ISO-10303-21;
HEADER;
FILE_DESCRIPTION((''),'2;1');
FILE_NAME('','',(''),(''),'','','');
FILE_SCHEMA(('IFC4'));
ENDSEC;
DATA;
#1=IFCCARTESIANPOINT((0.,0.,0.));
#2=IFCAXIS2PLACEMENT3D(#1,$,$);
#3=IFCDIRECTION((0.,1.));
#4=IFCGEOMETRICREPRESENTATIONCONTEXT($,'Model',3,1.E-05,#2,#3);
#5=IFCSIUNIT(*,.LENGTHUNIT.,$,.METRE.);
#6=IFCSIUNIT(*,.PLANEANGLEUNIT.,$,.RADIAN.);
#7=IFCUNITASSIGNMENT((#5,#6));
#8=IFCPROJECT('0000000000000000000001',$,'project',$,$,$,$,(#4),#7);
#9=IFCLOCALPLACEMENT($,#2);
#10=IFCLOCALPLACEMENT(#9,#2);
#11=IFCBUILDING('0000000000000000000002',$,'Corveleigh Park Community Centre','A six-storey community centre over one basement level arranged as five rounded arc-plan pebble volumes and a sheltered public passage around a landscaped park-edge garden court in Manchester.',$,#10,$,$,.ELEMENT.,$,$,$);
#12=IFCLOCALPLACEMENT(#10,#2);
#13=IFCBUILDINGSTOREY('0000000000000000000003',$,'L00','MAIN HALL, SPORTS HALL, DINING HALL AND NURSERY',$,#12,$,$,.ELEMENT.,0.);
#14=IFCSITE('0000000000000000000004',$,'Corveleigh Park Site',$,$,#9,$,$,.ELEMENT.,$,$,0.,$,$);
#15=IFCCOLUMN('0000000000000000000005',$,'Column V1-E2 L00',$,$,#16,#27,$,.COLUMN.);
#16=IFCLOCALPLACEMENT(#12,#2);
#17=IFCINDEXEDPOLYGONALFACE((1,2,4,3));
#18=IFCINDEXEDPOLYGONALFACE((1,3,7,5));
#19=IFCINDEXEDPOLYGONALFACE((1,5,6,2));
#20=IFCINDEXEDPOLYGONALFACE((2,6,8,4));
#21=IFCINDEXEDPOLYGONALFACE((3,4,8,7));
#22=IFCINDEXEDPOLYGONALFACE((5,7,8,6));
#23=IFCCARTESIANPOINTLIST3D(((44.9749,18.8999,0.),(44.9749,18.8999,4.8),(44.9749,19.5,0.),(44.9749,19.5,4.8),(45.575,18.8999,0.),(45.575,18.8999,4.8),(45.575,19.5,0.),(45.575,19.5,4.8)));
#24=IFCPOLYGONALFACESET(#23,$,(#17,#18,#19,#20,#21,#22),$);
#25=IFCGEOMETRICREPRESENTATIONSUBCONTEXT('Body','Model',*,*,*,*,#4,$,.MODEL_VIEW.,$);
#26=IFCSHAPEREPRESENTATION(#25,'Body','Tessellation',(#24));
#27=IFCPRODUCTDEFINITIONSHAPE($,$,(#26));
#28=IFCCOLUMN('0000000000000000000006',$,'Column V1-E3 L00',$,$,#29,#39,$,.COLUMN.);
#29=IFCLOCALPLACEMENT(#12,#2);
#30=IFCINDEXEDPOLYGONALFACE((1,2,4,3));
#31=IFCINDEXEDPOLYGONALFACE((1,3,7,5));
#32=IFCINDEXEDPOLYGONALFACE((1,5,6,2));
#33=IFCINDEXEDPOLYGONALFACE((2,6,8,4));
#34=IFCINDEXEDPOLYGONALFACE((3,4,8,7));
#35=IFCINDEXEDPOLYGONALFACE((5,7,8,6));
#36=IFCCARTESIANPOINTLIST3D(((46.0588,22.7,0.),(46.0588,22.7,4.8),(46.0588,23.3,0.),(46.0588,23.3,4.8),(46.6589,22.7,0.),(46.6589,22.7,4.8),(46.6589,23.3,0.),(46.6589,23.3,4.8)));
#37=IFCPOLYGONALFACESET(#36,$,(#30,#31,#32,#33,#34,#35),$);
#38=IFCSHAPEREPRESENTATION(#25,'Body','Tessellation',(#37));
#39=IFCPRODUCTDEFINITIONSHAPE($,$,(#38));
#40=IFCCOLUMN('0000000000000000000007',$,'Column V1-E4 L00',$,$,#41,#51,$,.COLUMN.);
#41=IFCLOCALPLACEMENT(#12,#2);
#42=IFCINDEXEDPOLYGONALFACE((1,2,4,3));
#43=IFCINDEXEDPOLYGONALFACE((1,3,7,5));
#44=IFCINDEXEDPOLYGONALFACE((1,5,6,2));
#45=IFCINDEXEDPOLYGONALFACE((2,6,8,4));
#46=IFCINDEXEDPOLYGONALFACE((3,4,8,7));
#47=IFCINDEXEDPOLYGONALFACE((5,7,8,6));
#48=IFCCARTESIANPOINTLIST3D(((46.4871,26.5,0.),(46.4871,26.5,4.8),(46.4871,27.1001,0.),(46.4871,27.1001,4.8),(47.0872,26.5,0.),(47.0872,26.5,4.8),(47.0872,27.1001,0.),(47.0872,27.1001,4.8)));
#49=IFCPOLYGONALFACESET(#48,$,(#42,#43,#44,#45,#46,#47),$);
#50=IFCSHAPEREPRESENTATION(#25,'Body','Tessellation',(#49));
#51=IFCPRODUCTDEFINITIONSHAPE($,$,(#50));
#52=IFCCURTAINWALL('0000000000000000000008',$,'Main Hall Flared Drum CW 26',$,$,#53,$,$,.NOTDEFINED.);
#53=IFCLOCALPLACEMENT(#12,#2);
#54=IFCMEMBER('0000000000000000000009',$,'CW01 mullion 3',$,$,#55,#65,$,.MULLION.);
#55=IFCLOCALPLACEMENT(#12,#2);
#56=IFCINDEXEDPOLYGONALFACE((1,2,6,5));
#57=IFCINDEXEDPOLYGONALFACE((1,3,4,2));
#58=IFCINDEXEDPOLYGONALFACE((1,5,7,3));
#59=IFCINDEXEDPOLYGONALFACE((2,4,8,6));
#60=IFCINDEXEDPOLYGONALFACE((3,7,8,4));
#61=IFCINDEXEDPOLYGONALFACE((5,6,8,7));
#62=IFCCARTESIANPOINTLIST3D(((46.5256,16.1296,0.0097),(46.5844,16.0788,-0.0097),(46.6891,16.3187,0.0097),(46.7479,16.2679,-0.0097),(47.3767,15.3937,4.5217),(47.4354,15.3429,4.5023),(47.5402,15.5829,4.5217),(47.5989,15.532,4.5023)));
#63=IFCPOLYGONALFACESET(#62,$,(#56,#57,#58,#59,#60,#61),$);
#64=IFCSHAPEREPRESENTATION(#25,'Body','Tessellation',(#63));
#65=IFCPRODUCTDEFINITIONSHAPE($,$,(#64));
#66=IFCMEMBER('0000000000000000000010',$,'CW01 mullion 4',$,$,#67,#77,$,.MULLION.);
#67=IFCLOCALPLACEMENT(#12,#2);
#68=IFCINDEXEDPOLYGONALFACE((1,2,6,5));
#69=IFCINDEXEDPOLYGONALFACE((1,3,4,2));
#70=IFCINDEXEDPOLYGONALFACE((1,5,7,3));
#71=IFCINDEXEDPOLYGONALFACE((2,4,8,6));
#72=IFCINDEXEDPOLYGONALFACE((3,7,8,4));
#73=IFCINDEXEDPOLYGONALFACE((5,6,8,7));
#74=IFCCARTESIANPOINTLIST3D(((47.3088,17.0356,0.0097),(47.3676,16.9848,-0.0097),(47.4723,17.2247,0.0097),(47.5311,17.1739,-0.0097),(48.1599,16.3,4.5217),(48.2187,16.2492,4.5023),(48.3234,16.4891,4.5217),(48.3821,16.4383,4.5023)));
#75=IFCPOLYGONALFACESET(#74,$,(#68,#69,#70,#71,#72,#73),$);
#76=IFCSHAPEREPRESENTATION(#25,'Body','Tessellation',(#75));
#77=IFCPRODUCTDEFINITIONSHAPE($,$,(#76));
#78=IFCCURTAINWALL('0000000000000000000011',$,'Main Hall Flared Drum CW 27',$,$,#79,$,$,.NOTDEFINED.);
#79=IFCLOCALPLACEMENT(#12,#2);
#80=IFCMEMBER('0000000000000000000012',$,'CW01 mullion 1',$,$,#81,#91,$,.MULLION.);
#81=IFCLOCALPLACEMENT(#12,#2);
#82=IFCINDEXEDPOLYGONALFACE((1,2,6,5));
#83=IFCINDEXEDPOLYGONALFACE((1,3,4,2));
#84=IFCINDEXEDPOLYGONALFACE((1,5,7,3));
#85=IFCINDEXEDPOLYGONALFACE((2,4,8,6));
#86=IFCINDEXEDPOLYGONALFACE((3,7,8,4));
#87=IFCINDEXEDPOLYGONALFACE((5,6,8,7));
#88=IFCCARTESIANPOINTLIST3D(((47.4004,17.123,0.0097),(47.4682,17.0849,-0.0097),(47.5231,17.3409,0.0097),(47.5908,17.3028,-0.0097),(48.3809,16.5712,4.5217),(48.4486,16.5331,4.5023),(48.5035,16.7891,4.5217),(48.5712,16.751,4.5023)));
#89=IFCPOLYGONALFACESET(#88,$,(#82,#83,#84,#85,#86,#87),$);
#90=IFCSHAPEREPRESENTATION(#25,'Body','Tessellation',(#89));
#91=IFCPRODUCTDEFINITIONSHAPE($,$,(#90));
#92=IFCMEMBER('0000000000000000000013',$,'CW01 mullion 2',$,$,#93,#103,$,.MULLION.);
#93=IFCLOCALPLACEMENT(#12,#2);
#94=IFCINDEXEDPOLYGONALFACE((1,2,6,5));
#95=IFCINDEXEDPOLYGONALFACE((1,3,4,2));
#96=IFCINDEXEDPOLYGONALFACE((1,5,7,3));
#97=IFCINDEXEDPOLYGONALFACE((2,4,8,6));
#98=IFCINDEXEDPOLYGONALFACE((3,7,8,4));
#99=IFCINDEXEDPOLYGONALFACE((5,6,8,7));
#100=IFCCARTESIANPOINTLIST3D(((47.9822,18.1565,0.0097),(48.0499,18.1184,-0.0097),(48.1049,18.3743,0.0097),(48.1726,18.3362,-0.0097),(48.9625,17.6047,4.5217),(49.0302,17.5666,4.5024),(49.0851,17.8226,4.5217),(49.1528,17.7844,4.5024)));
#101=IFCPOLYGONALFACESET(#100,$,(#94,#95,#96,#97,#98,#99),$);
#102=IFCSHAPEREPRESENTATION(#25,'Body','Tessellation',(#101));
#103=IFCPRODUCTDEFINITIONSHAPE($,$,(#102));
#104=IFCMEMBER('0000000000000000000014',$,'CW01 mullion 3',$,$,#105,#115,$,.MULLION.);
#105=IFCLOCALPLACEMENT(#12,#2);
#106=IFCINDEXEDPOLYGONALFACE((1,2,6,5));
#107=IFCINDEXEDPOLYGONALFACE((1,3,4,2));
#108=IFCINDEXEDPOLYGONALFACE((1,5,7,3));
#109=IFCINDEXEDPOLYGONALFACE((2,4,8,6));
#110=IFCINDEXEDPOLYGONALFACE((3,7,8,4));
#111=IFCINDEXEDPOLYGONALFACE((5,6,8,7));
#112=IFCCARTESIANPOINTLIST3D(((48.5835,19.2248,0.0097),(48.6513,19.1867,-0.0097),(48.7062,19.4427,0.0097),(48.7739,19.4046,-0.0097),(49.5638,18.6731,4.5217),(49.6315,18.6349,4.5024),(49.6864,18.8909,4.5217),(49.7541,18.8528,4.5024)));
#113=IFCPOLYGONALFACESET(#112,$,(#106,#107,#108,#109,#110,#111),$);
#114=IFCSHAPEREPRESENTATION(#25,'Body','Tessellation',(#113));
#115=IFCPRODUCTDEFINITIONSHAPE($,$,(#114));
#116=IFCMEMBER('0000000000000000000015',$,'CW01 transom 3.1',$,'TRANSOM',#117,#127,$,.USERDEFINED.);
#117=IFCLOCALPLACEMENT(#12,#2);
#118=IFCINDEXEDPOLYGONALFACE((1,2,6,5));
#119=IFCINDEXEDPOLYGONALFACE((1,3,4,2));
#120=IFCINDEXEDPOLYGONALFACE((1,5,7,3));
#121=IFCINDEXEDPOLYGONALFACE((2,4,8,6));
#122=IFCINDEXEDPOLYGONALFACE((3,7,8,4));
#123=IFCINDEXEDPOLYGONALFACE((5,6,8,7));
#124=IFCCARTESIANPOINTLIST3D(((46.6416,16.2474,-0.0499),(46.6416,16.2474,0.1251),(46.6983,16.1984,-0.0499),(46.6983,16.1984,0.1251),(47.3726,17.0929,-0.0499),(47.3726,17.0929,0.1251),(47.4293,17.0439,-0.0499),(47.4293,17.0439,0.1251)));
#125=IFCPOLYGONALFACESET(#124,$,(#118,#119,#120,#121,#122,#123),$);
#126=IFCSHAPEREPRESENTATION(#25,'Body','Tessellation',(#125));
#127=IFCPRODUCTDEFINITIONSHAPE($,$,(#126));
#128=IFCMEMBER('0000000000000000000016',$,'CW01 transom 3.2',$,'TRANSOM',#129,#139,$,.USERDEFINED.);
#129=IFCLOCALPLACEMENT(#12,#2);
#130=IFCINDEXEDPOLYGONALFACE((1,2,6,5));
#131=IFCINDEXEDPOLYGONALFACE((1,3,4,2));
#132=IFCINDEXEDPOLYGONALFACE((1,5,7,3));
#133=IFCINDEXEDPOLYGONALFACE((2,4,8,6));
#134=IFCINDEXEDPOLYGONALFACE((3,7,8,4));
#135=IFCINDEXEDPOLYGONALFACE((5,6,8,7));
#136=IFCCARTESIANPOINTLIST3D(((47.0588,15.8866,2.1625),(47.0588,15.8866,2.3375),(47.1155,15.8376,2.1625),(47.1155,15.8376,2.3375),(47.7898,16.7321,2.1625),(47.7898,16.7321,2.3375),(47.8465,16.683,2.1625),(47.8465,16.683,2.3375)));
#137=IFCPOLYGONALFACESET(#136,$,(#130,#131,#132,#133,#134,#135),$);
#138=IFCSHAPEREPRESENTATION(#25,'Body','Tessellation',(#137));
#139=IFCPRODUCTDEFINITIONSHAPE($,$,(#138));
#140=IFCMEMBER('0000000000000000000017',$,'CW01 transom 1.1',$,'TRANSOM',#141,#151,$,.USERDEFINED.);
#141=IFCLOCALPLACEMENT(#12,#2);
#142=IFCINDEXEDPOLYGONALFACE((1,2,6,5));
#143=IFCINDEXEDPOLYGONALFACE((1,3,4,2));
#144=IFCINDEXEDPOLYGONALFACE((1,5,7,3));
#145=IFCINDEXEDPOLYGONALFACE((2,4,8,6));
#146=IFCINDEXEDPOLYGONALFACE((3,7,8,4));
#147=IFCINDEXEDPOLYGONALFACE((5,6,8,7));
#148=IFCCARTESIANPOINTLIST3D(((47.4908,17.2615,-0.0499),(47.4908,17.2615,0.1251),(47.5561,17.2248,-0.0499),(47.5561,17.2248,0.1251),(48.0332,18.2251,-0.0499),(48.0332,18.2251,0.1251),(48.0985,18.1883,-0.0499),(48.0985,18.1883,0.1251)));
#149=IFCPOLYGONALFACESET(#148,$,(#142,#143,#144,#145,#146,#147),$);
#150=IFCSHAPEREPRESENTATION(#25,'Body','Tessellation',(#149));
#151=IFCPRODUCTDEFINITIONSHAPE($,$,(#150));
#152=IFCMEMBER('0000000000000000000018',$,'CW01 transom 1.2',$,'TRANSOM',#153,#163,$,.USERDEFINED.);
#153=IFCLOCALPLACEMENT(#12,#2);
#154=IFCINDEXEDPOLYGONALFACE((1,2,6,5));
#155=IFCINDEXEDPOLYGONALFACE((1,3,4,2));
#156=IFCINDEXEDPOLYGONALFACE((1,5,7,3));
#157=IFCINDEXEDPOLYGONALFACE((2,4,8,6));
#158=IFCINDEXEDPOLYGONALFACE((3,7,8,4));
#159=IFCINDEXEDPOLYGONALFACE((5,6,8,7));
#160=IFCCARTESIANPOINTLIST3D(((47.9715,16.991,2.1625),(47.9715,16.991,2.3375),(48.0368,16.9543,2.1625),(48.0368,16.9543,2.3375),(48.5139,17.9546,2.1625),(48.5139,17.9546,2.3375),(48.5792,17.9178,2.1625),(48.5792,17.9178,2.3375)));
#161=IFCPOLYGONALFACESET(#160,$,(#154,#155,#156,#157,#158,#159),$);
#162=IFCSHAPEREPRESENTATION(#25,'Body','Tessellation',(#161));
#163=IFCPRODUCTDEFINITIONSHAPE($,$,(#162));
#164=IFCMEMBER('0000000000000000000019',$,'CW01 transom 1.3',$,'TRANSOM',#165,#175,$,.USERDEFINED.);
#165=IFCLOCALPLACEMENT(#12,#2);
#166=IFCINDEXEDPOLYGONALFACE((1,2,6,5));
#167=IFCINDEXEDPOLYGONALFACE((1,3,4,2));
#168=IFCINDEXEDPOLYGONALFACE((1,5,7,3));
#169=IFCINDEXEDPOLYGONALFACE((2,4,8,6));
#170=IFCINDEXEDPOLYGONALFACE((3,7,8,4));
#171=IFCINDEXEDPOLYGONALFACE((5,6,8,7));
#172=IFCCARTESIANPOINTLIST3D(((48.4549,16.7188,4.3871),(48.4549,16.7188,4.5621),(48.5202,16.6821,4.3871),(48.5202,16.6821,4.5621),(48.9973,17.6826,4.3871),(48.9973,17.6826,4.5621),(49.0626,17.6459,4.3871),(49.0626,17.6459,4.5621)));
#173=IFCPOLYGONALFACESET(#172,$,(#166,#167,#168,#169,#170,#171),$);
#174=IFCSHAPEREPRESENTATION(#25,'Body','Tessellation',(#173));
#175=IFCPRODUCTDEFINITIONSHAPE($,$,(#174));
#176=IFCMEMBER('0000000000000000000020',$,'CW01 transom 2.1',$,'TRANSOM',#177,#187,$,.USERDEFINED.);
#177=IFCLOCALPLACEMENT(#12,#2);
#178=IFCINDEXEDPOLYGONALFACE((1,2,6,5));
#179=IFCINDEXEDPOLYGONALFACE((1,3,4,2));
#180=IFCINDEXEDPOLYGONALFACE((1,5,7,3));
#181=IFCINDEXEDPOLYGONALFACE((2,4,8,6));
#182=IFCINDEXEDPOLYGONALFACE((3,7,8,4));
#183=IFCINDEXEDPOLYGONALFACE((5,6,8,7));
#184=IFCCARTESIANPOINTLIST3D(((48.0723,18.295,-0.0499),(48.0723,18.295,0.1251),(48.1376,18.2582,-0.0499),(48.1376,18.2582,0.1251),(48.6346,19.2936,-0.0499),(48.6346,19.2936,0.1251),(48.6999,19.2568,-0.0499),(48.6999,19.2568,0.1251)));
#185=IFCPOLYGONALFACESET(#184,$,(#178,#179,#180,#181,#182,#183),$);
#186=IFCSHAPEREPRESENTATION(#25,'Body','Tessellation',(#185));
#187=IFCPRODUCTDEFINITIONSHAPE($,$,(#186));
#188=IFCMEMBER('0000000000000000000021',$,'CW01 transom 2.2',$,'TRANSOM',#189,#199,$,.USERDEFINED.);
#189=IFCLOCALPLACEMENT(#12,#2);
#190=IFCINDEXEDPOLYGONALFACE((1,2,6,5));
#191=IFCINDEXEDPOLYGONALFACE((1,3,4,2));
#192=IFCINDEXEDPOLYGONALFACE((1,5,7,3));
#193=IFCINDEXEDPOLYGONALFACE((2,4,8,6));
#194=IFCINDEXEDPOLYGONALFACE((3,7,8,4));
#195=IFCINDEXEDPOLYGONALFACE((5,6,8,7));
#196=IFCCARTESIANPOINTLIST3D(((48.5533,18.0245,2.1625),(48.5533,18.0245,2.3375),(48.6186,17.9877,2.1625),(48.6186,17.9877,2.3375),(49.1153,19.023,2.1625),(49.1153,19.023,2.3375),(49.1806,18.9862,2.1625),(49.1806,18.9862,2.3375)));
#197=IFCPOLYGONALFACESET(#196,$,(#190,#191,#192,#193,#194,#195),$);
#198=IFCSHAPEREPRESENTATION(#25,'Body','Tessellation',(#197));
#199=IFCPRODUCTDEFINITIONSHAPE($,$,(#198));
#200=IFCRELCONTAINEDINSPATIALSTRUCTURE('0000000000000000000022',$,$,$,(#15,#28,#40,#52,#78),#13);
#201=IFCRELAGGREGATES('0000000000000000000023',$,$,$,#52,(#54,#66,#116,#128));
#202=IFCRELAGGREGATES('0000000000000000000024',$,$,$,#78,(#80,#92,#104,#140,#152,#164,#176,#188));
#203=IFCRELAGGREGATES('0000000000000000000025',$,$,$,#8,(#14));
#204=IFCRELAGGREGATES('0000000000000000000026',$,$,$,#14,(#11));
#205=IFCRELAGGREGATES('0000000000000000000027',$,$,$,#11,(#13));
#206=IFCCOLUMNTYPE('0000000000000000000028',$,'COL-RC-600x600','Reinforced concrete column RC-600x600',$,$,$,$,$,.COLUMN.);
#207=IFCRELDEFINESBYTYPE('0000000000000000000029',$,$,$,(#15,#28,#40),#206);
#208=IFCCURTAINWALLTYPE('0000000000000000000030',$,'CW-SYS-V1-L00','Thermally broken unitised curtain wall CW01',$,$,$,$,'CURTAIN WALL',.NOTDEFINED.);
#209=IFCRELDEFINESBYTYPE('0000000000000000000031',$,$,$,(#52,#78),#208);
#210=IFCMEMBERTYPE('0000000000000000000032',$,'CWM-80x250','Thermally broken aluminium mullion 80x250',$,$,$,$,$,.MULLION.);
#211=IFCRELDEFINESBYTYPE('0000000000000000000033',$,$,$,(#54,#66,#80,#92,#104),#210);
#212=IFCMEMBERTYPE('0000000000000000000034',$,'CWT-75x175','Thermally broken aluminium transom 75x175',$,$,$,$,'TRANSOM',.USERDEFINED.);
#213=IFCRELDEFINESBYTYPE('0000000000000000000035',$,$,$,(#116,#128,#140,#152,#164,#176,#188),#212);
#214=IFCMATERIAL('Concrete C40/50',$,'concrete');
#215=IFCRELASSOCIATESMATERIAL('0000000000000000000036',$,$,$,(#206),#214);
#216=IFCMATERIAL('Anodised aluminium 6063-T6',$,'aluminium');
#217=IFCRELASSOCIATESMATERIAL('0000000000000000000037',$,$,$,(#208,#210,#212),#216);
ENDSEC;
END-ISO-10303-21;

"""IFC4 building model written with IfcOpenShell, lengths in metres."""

from ifc_helpers import new_model, si_unit, direction, frame, origin, origin_2d, place, context, subcontext, project, spatial, rectangle, extrude, material, material_profile, profile_set, type_object, element, aggregate, save


model = new_model("IFC4")

# Units and contexts
model_context = context("Model", 3, precision=1e-05, world=origin(), true_north=direction((0.0, 1.0)))
body_context = subcontext(model_context, "Body", "Model", "MODEL_VIEW")
ifc_project = project(units=[si_unit("LENGTHUNIT", "METRE"), si_unit("PLANEANGLEUNIT", "RADIAN")], contexts=[model_context])

# Site, building, storey
site_placement = place(None, origin())
site = spatial("IfcSite", under=ifc_project, at=site_placement, Name="Corveleigh Park Site", CompositionType="ELEMENT", RefElevation=0.0)
building_placement = place(site_placement, origin())
building = spatial("IfcBuilding", under=site, at=building_placement, Name="Corveleigh Park Community Centre", Description="A six-storey community centre over one basement level arranged as five rounded arc-plan pebble volumes and a sheltered public passage around a landscaped park-edge garden court in Manchester.", CompositionType="ELEMENT")
storey_placement = place(building_placement, origin())
storey = spatial("IfcBuildingStorey", under=building, at=storey_placement, Name="L00", Description="MAIN HALL, SPORTS HALL, DINING HALL AND NURSERY", CompositionType="ELEMENT", Elevation=0.0)

# Columns
ifc_material_1 = material(Name="Concrete C40/50", Category="concrete")
ifc_material_profile_1 = material_profile(ifc_material_1, rectangle(XDim=0.6001, YDim=0.6001, at=origin_2d()), Name="RC-600x600", Category="concrete")
ifc_profile_set_1 = profile_set([ifc_material_profile_1], Name="Concrete C40/50")
column_type = type_object("IfcColumnType", Name="COL-RC-600x600", Description="Reinforced concrete column RC-600x600", PredefinedType="COLUMN", material=ifc_profile_set_1)
for number, where, z_axis, x_axis, name in (
    (1, (45.2749, 19.2, 0.0), (0.0, 0.0, 1.0), (1.0, 0.0, 0.0), "Column V1-E2 L00"),
    (2, (46.3589, 23.0, 0.0), (0.0, 0.0, 1.0), (1.0, 0.0, 0.0), "Column V1-E3 L00"),
    (3, (46.7871, 26.8, 0.0), (0.0, 0.0, 1.0), (1.0, 0.0, 0.0), "Column V1-E4 L00"),
):
    element("IfcColumn", number, at=place(storey_placement, frame(where, z_axis=z_axis, x_axis=x_axis)), inside=storey, type_object=column_type, Name=name, PredefinedType="COLUMN", context=body_context, shape_type="SweptSolid", body=[
        extrude(rectangle(XDim=0.6001, YDim=0.6001, at=origin_2d()), origin(), (0.0, 0.0, 1.0), 4.8),
    ])

# Curtain walls, members
ifc_material_2 = material(Name="Anodised aluminium 6063-T6", Category="aluminium")
curtain_wall_type = type_object("IfcCurtainWallType", Name="CW-SYS-V1-L00", Description="Thermally broken unitised curtain wall CW01", ElementType="CURTAIN WALL", PredefinedType="NOTDEFINED", material=ifc_material_2)
curtain_wall_1_placement = place(storey_placement, origin())
curtain_wall_1 = element("IfcCurtainWall", 4, at=curtain_wall_1_placement, inside=storey, type_object=curtain_wall_type, Name="Main Hall Flared Drum CW 26", PredefinedType="NOTDEFINED")
ifc_material_profile_2 = material_profile(ifc_material_2, rectangle(XDim=0.0801, YDim=0.25, at=origin_2d()), Name="ALU-M80x250", Category="aluminium")
ifc_profile_set_2 = profile_set([ifc_material_profile_2], Name="Anodised aluminium 6063-T6")
member_type_1 = type_object("IfcMemberType", Name="CWM-80x250", Description="Thermally broken aluminium mullion 80x250", PredefinedType="MULLION", material=ifc_profile_set_2)
member_1_placement = place(storey_placement, frame((46.6367, 16.1987, 0.0), z_axis=(0.183022, -0.158241, 0.97029), x_axis=(-0.733987, 0.634606, 0.241945)))
member_1 = element("IfcMember", 5, at=member_1_placement, type_object=member_type_1, Name="CW01 mullion 3", PredefinedType="MULLION", context=body_context, shape_type="SweptSolid", body=[
    extrude(rectangle(XDim=0.0801, YDim=0.25, at=origin_2d()), origin(), (0.0, 0.0, 1.0), 4.6501),
])
member_2_placement = place(storey_placement, frame((47.4199, 17.1047, 0.0), z_axis=(0.183024, -0.15819, 0.970298), x_axis=(-0.734098, 0.634491, 0.241913)))
member_2 = element("IfcMember", 6, at=member_2_placement, type_object=member_type_1, Name="CW01 mullion 4", PredefinedType="MULLION", context=body_context, shape_type="SweptSolid", body=[
    extrude(rectangle(XDim=0.0801, YDim=0.25, at=origin_2d()), origin(), (0.0, 0.0, 1.0), 4.6501),
])
curtain_wall_2_placement = place(storey_placement, origin())
curtain_wall_2 = element("IfcCurtainWall", 7, at=curtain_wall_2_placement, inside=storey, type_object=curtain_wall_type, Name="Main Hall Flared Drum CW 27", PredefinedType="NOTDEFINED")
member_3_placement = place(storey_placement, frame((47.4956, 17.2129, 0.0), z_axis=(0.210848, -0.118655, 0.970291), x_axis=(-0.845592, 0.475856, 0.241942)))
member_3 = element("IfcMember", 8, at=member_3_placement, type_object=member_type_1, Name="CW01 mullion 1", PredefinedType="MULLION", context=body_context, shape_type="SweptSolid", body=[
    extrude(rectangle(XDim=0.0801, YDim=0.25, at=origin_2d()), origin(), (0.0, 0.0, 1.0), 4.6501),
])
member_4_placement = place(storey_placement, frame((48.0774, 18.2463, 0.0), z_axis=(0.210798, -0.118656, 0.970301), x_axis=(-0.84555, 0.475951, 0.241899)))
member_4 = element("IfcMember", 9, at=member_4_placement, type_object=member_type_1, Name="CW01 mullion 2", PredefinedType="MULLION", context=body_context, shape_type="SweptSolid", body=[
    extrude(rectangle(XDim=0.0801, YDim=0.25, at=origin_2d()), origin(), (0.0, 0.0, 1.0), 4.6501),
])
member_5_placement = place(storey_placement, frame((48.6787, 19.3147, 0.0), z_axis=(0.210798, -0.118656, 0.970301), x_axis=(-0.84555, 0.475951, 0.241899)))
member_5 = element("IfcMember", 10, at=member_5_placement, type_object=member_type_1, Name="CW01 mullion 3", PredefinedType="MULLION", context=body_context, shape_type="SweptSolid", body=[
    extrude(rectangle(XDim=0.0801, YDim=0.25, at=origin_2d()), origin(), (0.0, 0.0, 1.0), 4.6501),
])

# Members
ifc_material_profile_3 = material_profile(ifc_material_2, rectangle(XDim=0.075, YDim=0.175, at=origin_2d()), Name="ALU-T75x175", Category="aluminium")
ifc_profile_set_3 = profile_set([ifc_material_profile_3], Name="Anodised aluminium 6063-T6")
member_type_2 = type_object("IfcMemberType", Name="CWT-75x175", Description="Thermally broken aluminium transom 75x175", ElementType="TRANSOM", PredefinedType="USERDEFINED", material=ifc_profile_set_3)
member_6_placement = place(storey_placement, frame((46.6699, 16.2229, 0.0376), z_axis=(0.654024, 0.756474, 0.0), x_axis=(-0.756474, 0.654024, 0.0)))
member_6 = element("IfcMember", 11, at=member_6_placement, type_object=member_type_2, Name="CW01 transom 3.1", ObjectType="TRANSOM", PredefinedType="USERDEFINED", context=body_context, shape_type="SweptSolid", body=[
    extrude(rectangle(XDim=0.075, YDim=0.175, at=origin_2d()), origin(), (0.0, 0.0, 1.0), 1.1177),
])
member_7_placement = place(storey_placement, frame((47.0872, 15.8621, 2.25), z_axis=(0.654024, 0.756474, 0.0), x_axis=(-0.756474, 0.654024, 0.0)))
member_7 = element("IfcMember", 12, at=member_7_placement, type_object=member_type_2, Name="CW01 transom 3.2", ObjectType="TRANSOM", PredefinedType="USERDEFINED", context=body_context, shape_type="SweptSolid", body=[
    extrude(rectangle(XDim=0.075, YDim=0.175, at=origin_2d()), origin(), (0.0, 0.0, 1.0), 1.1177),
])
member_8_placement = place(storey_placement, frame((47.5234, 17.2432, 0.0376), z_axis=(0.490565, 0.871404, 0.0), x_axis=(-0.871404, 0.490565, 0.0)))
member_8 = element("IfcMember", 13, at=member_8_placement, type_object=member_type_2, Name="CW01 transom 1.1", ObjectType="TRANSOM", PredefinedType="USERDEFINED", context=body_context, shape_type="SweptSolid", body=[
    extrude(rectangle(XDim=0.075, YDim=0.175, at=origin_2d()), origin(), (0.0, 0.0, 1.0), 1.1057),
])
member_9_placement = place(storey_placement, frame((48.0042, 16.9727, 2.25), z_axis=(0.490565, 0.871404, 0.0), x_axis=(-0.871404, 0.490565, 0.0)))
member_9 = element("IfcMember", 14, at=member_9_placement, type_object=member_type_2, Name="CW01 transom 1.2", ObjectType="TRANSOM", PredefinedType="USERDEFINED", context=body_context, shape_type="SweptSolid", body=[
    extrude(rectangle(XDim=0.075, YDim=0.175, at=origin_2d()), origin(), (0.0, 0.0, 1.0), 1.1057),
])
member_10_placement = place(storey_placement, frame((48.4875, 16.7004, 4.4746), z_axis=(0.490471, 0.871458, 0.0), x_axis=(-0.871458, 0.490471, 0.0)))
member_10 = element("IfcMember", 15, at=member_10_placement, type_object=member_type_2, Name="CW01 transom 1.3", ObjectType="TRANSOM", PredefinedType="USERDEFINED", context=body_context, shape_type="SweptSolid", body=[
    extrude(rectangle(XDim=0.075, YDim=0.175, at=origin_2d()), origin(), (0.0, 0.0, 1.0), 1.106),
])
member_11_placement = place(storey_placement, frame((48.105, 18.2766, 0.0376), z_axis=(0.490646, 0.871359, 0.0), x_axis=(-0.871359, 0.490646, 0.0)))
member_11 = element("IfcMember", 16, at=member_11_placement, type_object=member_type_2, Name="CW01 transom 2.1", ObjectType="TRANSOM", PredefinedType="USERDEFINED", context=body_context, shape_type="SweptSolid", body=[
    extrude(rectangle(XDim=0.075, YDim=0.175, at=origin_2d()), origin(), (0.0, 0.0, 1.0), 1.146),
])
member_12_placement = place(storey_placement, frame((48.5859, 18.0061, 2.25), z_axis=(0.490484, 0.87145, 0.0), x_axis=(-0.87145, 0.490484, 0.0)))
member_12 = element("IfcMember", 17, at=member_12_placement, type_object=member_type_2, Name="CW01 transom 2.2", ObjectType="TRANSOM", PredefinedType="USERDEFINED", context=body_context, shape_type="SweptSolid", body=[
    extrude(rectangle(XDim=0.075, YDim=0.175, at=origin_2d()), origin(), (0.0, 0.0, 1.0), 1.1458),
])

aggregate(curtain_wall_1, [member_1, member_2, member_6, member_7])
aggregate(curtain_wall_2, [member_3, member_4, member_5, member_8, member_9, member_10, member_11, member_12])

save(model, "model.ifc")
